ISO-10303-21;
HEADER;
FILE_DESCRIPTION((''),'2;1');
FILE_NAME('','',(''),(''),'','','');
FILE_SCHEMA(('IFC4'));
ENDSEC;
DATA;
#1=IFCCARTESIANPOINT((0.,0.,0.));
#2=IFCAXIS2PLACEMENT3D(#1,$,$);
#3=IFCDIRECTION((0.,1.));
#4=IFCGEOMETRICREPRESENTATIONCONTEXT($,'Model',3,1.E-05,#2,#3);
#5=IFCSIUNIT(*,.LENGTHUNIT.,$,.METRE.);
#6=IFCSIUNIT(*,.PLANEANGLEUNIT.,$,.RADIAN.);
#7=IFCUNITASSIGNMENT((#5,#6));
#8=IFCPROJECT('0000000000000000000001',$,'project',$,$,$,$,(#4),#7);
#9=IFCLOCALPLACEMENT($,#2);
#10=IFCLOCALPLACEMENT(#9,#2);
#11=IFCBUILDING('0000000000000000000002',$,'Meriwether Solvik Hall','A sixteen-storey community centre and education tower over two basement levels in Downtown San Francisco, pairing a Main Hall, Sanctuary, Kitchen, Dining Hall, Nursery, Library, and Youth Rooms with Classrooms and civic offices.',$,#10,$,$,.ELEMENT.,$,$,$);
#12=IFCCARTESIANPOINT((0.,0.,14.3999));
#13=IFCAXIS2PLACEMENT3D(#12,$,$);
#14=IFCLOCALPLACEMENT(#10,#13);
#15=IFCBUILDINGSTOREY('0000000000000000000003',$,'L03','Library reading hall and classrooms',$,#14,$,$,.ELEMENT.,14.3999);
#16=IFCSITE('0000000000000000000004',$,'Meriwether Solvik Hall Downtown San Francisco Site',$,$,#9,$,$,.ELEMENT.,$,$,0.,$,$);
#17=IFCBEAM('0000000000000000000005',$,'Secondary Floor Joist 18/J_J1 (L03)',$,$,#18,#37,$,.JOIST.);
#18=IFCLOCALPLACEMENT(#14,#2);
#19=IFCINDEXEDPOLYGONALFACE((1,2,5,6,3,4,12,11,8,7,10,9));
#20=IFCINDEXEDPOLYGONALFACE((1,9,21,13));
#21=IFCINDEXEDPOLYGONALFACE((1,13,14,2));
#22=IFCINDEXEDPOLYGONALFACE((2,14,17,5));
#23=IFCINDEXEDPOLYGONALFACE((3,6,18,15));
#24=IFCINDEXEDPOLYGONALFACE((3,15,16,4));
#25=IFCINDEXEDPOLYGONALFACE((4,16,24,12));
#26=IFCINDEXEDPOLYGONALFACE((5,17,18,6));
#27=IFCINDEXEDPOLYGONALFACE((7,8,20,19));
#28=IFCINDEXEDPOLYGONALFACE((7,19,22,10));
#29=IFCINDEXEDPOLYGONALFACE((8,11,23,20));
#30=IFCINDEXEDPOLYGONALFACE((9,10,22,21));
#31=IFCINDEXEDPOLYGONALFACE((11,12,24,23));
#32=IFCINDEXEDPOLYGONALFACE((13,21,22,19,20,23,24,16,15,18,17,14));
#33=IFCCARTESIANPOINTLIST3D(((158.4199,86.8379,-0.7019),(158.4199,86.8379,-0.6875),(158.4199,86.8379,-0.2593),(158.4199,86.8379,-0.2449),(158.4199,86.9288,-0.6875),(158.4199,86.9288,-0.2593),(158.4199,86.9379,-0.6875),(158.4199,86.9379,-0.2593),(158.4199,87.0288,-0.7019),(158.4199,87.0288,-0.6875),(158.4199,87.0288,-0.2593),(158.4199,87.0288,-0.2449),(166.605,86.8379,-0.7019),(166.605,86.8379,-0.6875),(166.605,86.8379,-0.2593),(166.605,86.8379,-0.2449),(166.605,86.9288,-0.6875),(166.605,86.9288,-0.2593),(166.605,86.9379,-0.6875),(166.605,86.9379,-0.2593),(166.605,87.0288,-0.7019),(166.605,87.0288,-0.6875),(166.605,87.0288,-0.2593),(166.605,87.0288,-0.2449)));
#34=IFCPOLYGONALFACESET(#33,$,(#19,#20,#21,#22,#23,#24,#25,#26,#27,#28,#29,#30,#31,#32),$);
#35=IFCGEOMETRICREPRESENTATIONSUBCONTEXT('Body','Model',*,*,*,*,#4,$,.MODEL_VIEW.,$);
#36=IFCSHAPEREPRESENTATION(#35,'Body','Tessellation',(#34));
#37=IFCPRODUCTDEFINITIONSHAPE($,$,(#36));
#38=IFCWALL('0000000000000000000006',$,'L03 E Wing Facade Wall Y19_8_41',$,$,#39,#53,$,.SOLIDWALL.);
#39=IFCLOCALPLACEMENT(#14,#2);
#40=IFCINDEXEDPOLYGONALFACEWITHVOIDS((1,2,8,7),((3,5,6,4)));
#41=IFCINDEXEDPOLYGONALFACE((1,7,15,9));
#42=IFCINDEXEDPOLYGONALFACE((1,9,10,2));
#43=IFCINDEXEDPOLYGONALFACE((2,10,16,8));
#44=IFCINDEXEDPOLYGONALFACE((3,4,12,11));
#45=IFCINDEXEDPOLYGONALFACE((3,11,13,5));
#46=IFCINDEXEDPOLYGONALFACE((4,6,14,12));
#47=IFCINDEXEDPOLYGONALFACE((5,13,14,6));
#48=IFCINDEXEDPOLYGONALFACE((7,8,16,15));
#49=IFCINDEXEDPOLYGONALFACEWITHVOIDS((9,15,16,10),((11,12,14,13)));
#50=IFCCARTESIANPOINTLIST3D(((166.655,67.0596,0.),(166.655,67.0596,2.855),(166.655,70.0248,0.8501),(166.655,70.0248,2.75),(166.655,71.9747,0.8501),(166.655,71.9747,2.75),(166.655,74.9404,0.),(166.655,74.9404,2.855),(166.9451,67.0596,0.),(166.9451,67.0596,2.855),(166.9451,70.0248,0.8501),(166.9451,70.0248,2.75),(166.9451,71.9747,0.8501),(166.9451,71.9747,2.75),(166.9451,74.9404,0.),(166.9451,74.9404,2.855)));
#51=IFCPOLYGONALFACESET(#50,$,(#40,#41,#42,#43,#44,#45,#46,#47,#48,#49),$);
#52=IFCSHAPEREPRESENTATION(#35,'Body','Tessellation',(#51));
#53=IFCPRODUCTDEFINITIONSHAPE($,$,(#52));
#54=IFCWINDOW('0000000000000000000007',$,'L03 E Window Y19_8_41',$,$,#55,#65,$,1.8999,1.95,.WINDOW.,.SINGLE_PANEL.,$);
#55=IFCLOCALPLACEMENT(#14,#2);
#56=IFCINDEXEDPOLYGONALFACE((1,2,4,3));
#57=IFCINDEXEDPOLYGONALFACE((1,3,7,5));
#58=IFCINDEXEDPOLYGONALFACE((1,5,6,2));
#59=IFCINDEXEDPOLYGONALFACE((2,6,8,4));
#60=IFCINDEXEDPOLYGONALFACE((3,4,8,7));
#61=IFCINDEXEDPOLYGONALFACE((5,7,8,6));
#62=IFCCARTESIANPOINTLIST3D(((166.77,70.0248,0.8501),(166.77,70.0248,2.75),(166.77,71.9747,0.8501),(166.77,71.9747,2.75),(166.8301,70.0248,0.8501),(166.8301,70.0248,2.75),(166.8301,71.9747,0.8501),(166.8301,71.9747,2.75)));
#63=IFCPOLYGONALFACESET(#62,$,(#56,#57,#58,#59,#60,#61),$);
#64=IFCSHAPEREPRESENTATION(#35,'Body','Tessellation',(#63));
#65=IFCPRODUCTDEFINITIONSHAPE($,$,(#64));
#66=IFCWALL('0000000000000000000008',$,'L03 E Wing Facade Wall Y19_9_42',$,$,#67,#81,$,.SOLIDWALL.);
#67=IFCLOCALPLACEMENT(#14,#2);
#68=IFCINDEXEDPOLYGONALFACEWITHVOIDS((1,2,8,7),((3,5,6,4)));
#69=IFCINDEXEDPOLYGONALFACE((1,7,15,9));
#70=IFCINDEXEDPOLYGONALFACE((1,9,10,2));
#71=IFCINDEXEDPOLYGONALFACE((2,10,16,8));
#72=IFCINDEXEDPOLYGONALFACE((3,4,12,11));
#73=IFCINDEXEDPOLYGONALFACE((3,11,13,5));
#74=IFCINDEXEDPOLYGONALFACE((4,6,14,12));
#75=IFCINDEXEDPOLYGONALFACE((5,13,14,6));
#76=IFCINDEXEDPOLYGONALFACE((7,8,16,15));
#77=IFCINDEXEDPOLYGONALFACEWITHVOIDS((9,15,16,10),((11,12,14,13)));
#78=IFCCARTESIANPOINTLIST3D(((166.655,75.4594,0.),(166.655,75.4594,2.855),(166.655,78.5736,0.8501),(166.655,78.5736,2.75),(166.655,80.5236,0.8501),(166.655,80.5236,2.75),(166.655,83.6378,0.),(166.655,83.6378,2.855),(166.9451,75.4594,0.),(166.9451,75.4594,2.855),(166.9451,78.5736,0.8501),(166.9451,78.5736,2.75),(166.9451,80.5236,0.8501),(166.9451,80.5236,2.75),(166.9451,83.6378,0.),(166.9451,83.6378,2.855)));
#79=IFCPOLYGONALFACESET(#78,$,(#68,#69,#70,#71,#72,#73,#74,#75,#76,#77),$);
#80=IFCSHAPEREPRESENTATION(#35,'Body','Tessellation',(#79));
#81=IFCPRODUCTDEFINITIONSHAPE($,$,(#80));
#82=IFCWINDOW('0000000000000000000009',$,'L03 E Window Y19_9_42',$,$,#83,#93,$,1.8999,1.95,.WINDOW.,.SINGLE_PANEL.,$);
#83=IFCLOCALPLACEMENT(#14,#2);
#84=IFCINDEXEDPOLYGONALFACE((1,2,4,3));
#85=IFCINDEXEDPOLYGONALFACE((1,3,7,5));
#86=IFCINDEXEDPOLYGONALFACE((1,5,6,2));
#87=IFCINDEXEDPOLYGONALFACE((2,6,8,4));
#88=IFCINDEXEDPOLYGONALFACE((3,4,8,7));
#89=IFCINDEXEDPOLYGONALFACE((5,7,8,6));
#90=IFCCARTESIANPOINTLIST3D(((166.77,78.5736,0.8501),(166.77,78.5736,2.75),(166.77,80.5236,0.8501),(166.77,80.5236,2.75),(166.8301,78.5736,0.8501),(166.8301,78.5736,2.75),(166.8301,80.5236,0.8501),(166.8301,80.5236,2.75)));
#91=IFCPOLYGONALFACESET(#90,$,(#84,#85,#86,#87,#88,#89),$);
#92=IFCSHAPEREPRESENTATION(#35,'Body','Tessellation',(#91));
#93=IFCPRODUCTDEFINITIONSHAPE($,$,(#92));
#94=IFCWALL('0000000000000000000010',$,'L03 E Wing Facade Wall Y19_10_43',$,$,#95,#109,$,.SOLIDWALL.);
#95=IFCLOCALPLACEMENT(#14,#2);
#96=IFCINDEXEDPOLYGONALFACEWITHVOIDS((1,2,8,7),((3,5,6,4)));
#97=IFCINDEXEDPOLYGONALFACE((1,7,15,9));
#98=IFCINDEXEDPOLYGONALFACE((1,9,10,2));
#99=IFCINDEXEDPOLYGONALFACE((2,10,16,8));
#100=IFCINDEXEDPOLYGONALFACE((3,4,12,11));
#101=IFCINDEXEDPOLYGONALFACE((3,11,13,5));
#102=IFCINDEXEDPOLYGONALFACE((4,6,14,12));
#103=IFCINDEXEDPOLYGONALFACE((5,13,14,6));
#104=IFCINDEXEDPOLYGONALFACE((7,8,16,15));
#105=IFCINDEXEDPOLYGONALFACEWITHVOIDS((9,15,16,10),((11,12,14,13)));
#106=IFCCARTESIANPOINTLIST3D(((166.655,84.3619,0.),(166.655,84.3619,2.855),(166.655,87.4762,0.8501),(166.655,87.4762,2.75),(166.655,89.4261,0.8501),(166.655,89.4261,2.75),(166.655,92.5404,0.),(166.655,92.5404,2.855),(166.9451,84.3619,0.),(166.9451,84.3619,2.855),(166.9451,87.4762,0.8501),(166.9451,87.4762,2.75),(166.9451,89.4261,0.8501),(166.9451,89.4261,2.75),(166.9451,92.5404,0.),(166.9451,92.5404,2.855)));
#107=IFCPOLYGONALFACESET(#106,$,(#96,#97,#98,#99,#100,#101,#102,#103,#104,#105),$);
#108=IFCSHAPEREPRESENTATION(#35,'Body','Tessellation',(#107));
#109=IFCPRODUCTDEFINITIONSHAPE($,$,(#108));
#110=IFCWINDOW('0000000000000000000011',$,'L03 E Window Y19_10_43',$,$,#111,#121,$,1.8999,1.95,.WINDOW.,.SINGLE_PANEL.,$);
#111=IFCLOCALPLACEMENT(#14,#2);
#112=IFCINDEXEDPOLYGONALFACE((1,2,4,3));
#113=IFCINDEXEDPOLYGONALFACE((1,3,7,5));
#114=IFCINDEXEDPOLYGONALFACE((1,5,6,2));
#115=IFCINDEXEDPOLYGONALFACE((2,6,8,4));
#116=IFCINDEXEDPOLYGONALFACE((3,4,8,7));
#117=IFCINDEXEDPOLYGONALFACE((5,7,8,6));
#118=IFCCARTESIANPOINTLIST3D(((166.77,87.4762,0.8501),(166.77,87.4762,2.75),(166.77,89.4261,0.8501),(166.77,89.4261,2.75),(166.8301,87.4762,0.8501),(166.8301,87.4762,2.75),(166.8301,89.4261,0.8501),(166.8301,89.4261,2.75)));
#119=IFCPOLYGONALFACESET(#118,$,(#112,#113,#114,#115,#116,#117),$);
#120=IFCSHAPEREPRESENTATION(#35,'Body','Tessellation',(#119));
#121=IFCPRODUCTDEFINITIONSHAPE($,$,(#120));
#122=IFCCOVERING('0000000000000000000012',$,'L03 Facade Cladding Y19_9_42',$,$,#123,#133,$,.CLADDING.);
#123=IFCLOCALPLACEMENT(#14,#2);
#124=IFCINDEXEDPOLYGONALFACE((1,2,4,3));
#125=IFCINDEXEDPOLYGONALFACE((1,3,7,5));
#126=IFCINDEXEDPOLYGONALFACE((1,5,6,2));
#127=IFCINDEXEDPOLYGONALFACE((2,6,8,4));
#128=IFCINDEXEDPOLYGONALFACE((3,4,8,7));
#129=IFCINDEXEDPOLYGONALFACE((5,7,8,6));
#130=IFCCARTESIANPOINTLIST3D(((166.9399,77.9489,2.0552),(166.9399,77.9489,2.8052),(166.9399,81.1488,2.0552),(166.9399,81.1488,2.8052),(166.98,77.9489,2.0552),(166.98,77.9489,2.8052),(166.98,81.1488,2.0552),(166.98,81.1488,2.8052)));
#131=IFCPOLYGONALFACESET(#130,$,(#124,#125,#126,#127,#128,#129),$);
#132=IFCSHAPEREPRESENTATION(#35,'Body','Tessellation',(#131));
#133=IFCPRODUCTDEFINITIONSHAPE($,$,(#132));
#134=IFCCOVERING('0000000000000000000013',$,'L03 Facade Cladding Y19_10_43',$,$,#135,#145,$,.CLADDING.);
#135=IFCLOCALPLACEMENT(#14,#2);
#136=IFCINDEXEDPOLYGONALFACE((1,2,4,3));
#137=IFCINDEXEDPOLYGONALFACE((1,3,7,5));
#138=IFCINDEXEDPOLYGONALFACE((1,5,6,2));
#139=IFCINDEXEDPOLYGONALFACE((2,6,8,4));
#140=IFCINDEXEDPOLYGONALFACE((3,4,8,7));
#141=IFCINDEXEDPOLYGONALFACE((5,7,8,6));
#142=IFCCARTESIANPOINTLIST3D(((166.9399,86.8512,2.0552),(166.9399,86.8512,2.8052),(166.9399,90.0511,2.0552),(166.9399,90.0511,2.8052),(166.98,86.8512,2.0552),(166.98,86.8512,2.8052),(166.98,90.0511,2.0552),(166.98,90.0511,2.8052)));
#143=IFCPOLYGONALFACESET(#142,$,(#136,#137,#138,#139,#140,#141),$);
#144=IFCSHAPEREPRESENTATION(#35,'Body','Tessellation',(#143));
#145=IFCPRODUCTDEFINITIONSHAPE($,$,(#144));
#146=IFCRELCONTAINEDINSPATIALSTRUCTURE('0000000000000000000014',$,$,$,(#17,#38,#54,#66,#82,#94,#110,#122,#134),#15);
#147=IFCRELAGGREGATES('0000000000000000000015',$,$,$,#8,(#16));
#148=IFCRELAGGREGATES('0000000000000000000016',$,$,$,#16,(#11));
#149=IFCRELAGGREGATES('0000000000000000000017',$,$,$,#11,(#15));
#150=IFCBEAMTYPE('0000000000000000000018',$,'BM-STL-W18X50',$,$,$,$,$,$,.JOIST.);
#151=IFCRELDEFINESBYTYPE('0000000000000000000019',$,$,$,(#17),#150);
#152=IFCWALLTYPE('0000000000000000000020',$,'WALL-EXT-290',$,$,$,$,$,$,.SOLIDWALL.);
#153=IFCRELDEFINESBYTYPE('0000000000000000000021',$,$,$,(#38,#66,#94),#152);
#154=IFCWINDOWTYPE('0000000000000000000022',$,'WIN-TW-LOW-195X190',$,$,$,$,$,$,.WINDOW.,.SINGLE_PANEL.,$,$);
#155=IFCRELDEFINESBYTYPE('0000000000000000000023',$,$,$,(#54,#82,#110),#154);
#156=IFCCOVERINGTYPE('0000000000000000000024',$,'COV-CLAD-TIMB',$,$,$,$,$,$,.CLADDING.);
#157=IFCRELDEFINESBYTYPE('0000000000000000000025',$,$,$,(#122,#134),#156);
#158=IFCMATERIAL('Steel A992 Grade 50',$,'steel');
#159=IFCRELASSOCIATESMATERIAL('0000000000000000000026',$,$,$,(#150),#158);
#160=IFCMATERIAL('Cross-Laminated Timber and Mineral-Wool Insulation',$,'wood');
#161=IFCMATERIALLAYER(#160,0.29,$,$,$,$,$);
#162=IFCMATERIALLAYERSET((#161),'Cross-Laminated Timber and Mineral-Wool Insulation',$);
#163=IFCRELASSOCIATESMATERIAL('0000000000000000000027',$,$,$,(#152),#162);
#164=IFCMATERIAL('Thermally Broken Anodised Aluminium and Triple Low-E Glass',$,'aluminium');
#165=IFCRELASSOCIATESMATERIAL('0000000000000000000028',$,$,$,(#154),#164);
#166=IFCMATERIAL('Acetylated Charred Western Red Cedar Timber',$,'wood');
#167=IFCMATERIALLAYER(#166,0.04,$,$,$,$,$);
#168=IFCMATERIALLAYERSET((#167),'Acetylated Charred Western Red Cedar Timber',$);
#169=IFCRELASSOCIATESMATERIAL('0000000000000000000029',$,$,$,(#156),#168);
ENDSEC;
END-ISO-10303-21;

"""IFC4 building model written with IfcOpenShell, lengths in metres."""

from ifc_helpers import new_model, si_unit, direction, frame, frame_2d, origin, origin_2d, place, context, subcontext, project, spatial, rectangle, i_section, extrude, material, layer, layer_set, material_profile, profile_set, type_object, element, fill, save


model = new_model("IFC4")

# Units and contexts
model_context = context("Model", 3, precision=1e-05, world=origin(), true_north=direction((0.0, 1.0)))
body_context = subcontext(model_context, "Body", "Model", "MODEL_VIEW")
ifc_project = project(units=[si_unit("LENGTHUNIT", "METRE"), si_unit("PLANEANGLEUNIT", "RADIAN")], contexts=[model_context])

# Site, building, storey
site_placement = place(None, origin())
site = spatial("IfcSite", under=ifc_project, at=site_placement, Name="Meriwether Solvik Hall Downtown San Francisco Site", CompositionType="ELEMENT", RefElevation=0.0)
building_placement = place(site_placement, origin())
building = spatial("IfcBuilding", under=site, at=building_placement, Name="Meriwether Solvik Hall", Description="A sixteen-storey community centre and education tower over two basement levels in Downtown San Francisco, pairing a Main Hall, Sanctuary, Kitchen, Dining Hall, Nursery, Library, and Youth Rooms with Classrooms and civic offices.", CompositionType="ELEMENT")
storey_placement = place(building_placement, frame((0.0, 0.0, 14.3999)))
storey = spatial("IfcBuildingStorey", under=building, at=storey_placement, Name="L03", Description="Library reading hall and classrooms", CompositionType="ELEMENT", Elevation=14.3999)

# Beam
ifc_material_1 = material(Name="Steel A992 Grade 50", Category="steel")
ifc_material_profile_1 = material_profile(ifc_material_1, i_section(OverallWidth=0.1909, OverallDepth=0.457, WebThickness=0.009, FlangeThickness=0.0144, at=origin_2d()), Name="W18X50")
ifc_profile_set_1 = profile_set([ifc_material_profile_1], Name="Steel A992 Grade 50")
beam_type_1 = type_object("IfcBeamType", Name="BM-STL-W18X50", PredefinedType="JOIST", material=ifc_profile_set_1)
for number, where, z_axis, x_axis, name in (
    (1, (158.4199, 86.9333, -0.4734), (1.0, 0.0, 0.0), (0.0, 1.0, 0.0), "Secondary Floor Joist 18/J_J1 (L03)"),
):
    element("IfcBeam", number, at=place(storey_placement, frame(where, z_axis=z_axis, x_axis=x_axis)), inside=storey, type_object=beam_type_1, Name=name, PredefinedType="JOIST", context=body_context, shape_type="SweptSolid", body=[
        extrude(i_section(OverallWidth=0.1909, OverallDepth=0.457, WebThickness=0.009, FlangeThickness=0.0144, at=origin_2d()), origin(), (0.0, 0.0, 1.0), 8.1851),
    ])

# Walls, openings, windows
ifc_material_2 = material(Name="Cross-Laminated Timber and Mineral-Wool Insulation", Category="wood")
ifc_layer_1 = layer(ifc_material_2, 0.29)
ifc_layer_set_1 = layer_set([ifc_layer_1], Name="Cross-Laminated Timber and Mineral-Wool Insulation")
wall_type = type_object("IfcWallType", Name="WALL-EXT-290", PredefinedType="SOLIDWALL", material=ifc_layer_set_1)
wall_1_placement = place(storey_placement, frame((166.8, 74.9404, 0.0), z_axis=(0.0, 0.0, 1.0), x_axis=(0.0, -1.0, 0.0)))
wall_1 = element("IfcWall", 2, at=wall_1_placement, inside=storey, type_object=wall_type, Name="L03 E Wing Facade Wall Y19_8_41", PredefinedType="SOLIDWALL", context=body_context, shape_type="SweptSolid", body=[
    extrude(rectangle(XDim=7.8809, YDim=0.29, at=frame_2d((3.9404, 0.0))), origin(), (0.0, 0.0, 1.0), 2.855),
])
opening_1_placement = place(wall_1_placement, frame((2.9656, 0.0, 0.8501)))
opening_1 = element("IfcOpeningElement", 3, at=opening_1_placement, cuts=wall_1, PredefinedType="OPENING", context=body_context, shape_type="SweptSolid", body=[
    extrude(rectangle(XDim=1.95, YDim=1.8999, at=frame_2d((0.9751, 0.95))), frame((0.0, 0.157, 0.0), z_axis=(0.0, -1.0, 0.0), x_axis=(1.0, 0.0, 0.0)), (0.0, 0.0, 1.0), 0.314),
])
ifc_material_3 = material(Name="Thermally Broken Anodised Aluminium and Triple Low-E Glass", Category="aluminium")
window_type = type_object("IfcWindowType", Name="WIN-TW-LOW-195X190", PartitioningType="SINGLE_PANEL", PredefinedType="WINDOW", material=ifc_material_3)
window_1_placement = place(opening_1_placement, origin())
window_1 = element("IfcWindow", 4, at=window_1_placement, inside=storey, type_object=window_type, Name="L03 E Window Y19_8_41", OverallHeight=1.8999, OverallWidth=1.95, PartitioningType="SINGLE_PANEL", PredefinedType="WINDOW", context=body_context, shape_type="SweptSolid", body=[
    extrude(rectangle(XDim=1.95, YDim=1.8999, at=frame_2d((0.9751, 0.95))), frame((0.0, 0.03, 0.0), z_axis=(0.0, -1.0, 0.0), x_axis=(1.0, 0.0, 0.0)), (0.0, 0.0, 1.0), 0.0601),
])
fill(opening_1, window_1)
wall_2_placement = place(storey_placement, frame((166.8, 83.6379, 0.0), z_axis=(0.0, 0.0, 1.0), x_axis=(0.0, -1.0, 0.0)))
wall_2 = element("IfcWall", 5, at=wall_2_placement, inside=storey, type_object=wall_type, Name="L03 E Wing Facade Wall Y19_9_42", PredefinedType="SOLIDWALL", context=body_context, shape_type="SweptSolid", body=[
    extrude(rectangle(XDim=8.1785, YDim=0.29, at=frame_2d((4.0894, 0.0))), origin(), (0.0, 0.0, 1.0), 2.855),
])
opening_2_placement = place(wall_2_placement, frame((3.1143, 0.0, 0.8501)))
opening_2 = element("IfcOpeningElement", 6, at=opening_2_placement, cuts=wall_2, PredefinedType="OPENING", context=body_context, shape_type="SweptSolid", body=[
    extrude(rectangle(XDim=1.95, YDim=1.8999, at=frame_2d((0.9751, 0.95))), frame((0.0, 0.157, 0.0), z_axis=(0.0, -1.0, 0.0), x_axis=(1.0, 0.0, 0.0)), (0.0, 0.0, 1.0), 0.314),
])
window_2_placement = place(opening_2_placement, origin())
window_2 = element("IfcWindow", 7, at=window_2_placement, inside=storey, type_object=window_type, Name="L03 E Window Y19_9_42", OverallHeight=1.8999, OverallWidth=1.95, PartitioningType="SINGLE_PANEL", PredefinedType="WINDOW", context=body_context, shape_type="SweptSolid", body=[
    extrude(rectangle(XDim=1.95, YDim=1.8999, at=frame_2d((0.9751, 0.95))), frame((0.0, 0.03, 0.0), z_axis=(0.0, -1.0, 0.0), x_axis=(1.0, 0.0, 0.0)), (0.0, 0.0, 1.0), 0.0601),
])
fill(opening_2, window_2)
wall_3_placement = place(storey_placement, frame((166.8, 92.5405, 0.0), z_axis=(0.0, 0.0, 1.0), x_axis=(0.0, -1.0, 0.0)))
wall_3 = element("IfcWall", 8, at=wall_3_placement, inside=storey, type_object=wall_type, Name="L03 E Wing Facade Wall Y19_10_43", PredefinedType="SOLIDWALL", context=body_context, shape_type="SweptSolid", body=[
    extrude(rectangle(XDim=8.1785, YDim=0.29, at=frame_2d((4.0894, 0.0))), origin(), (0.0, 0.0, 1.0), 2.855),
])
opening_3_placement = place(wall_3_placement, frame((3.1143, 0.0, 0.8501)))
opening_3 = element("IfcOpeningElement", 9, at=opening_3_placement, cuts=wall_3, PredefinedType="OPENING", context=body_context, shape_type="SweptSolid", body=[
    extrude(rectangle(XDim=1.95, YDim=1.8999, at=frame_2d((0.9751, 0.95))), frame((0.0, 0.157, 0.0), z_axis=(0.0, -1.0, 0.0), x_axis=(1.0, 0.0, 0.0)), (0.0, 0.0, 1.0), 0.314),
])
window_3_placement = place(opening_3_placement, origin())
window_3 = element("IfcWindow", 10, at=window_3_placement, inside=storey, type_object=window_type, Name="L03 E Window Y19_10_43", OverallHeight=1.8999, OverallWidth=1.95, PartitioningType="SINGLE_PANEL", PredefinedType="WINDOW", context=body_context, shape_type="SweptSolid", body=[
    extrude(rectangle(XDim=1.95, YDim=1.8999, at=frame_2d((0.9751, 0.95))), frame((0.0, 0.03, 0.0), z_axis=(0.0, -1.0, 0.0), x_axis=(1.0, 0.0, 0.0)), (0.0, 0.0, 1.0), 0.0601),
])
fill(opening_3, window_3)

# Coverings
ifc_material_4 = material(Name="Acetylated Charred Western Red Cedar Timber", Category="wood")
ifc_layer_2 = layer(ifc_material_4, 0.04)
ifc_layer_set_2 = layer_set([ifc_layer_2], Name="Acetylated Charred Western Red Cedar Timber")
covering_type = type_object("IfcCoveringType", Name="COV-CLAD-TIMB", PredefinedType="CLADDING", material=ifc_layer_set_2)
for number, where, z_axis, x_axis, name in (
    (11, (166.96, 79.5488, 2.0552), (0.0, 0.0, 1.0), (0.0, -1.0, 0.0), "L03 Facade Cladding Y19_9_42"),
    (12, (166.96, 88.4512, 2.0552), (0.0, 0.0, 1.0), (0.0, -1.0, 0.0), "L03 Facade Cladding Y19_10_43"),
):
    element("IfcCovering", number, at=place(storey_placement, frame(where, z_axis=z_axis, x_axis=x_axis)), inside=storey, type_object=covering_type, Name=name, PredefinedType="CLADDING", context=body_context, shape_type="SweptSolid", body=[
        extrude(rectangle(XDim=3.2, YDim=0.04, at=origin_2d()), origin(), (0.0, 0.0, 1.0), 0.75),
    ])

save(model, "model.ifc")
